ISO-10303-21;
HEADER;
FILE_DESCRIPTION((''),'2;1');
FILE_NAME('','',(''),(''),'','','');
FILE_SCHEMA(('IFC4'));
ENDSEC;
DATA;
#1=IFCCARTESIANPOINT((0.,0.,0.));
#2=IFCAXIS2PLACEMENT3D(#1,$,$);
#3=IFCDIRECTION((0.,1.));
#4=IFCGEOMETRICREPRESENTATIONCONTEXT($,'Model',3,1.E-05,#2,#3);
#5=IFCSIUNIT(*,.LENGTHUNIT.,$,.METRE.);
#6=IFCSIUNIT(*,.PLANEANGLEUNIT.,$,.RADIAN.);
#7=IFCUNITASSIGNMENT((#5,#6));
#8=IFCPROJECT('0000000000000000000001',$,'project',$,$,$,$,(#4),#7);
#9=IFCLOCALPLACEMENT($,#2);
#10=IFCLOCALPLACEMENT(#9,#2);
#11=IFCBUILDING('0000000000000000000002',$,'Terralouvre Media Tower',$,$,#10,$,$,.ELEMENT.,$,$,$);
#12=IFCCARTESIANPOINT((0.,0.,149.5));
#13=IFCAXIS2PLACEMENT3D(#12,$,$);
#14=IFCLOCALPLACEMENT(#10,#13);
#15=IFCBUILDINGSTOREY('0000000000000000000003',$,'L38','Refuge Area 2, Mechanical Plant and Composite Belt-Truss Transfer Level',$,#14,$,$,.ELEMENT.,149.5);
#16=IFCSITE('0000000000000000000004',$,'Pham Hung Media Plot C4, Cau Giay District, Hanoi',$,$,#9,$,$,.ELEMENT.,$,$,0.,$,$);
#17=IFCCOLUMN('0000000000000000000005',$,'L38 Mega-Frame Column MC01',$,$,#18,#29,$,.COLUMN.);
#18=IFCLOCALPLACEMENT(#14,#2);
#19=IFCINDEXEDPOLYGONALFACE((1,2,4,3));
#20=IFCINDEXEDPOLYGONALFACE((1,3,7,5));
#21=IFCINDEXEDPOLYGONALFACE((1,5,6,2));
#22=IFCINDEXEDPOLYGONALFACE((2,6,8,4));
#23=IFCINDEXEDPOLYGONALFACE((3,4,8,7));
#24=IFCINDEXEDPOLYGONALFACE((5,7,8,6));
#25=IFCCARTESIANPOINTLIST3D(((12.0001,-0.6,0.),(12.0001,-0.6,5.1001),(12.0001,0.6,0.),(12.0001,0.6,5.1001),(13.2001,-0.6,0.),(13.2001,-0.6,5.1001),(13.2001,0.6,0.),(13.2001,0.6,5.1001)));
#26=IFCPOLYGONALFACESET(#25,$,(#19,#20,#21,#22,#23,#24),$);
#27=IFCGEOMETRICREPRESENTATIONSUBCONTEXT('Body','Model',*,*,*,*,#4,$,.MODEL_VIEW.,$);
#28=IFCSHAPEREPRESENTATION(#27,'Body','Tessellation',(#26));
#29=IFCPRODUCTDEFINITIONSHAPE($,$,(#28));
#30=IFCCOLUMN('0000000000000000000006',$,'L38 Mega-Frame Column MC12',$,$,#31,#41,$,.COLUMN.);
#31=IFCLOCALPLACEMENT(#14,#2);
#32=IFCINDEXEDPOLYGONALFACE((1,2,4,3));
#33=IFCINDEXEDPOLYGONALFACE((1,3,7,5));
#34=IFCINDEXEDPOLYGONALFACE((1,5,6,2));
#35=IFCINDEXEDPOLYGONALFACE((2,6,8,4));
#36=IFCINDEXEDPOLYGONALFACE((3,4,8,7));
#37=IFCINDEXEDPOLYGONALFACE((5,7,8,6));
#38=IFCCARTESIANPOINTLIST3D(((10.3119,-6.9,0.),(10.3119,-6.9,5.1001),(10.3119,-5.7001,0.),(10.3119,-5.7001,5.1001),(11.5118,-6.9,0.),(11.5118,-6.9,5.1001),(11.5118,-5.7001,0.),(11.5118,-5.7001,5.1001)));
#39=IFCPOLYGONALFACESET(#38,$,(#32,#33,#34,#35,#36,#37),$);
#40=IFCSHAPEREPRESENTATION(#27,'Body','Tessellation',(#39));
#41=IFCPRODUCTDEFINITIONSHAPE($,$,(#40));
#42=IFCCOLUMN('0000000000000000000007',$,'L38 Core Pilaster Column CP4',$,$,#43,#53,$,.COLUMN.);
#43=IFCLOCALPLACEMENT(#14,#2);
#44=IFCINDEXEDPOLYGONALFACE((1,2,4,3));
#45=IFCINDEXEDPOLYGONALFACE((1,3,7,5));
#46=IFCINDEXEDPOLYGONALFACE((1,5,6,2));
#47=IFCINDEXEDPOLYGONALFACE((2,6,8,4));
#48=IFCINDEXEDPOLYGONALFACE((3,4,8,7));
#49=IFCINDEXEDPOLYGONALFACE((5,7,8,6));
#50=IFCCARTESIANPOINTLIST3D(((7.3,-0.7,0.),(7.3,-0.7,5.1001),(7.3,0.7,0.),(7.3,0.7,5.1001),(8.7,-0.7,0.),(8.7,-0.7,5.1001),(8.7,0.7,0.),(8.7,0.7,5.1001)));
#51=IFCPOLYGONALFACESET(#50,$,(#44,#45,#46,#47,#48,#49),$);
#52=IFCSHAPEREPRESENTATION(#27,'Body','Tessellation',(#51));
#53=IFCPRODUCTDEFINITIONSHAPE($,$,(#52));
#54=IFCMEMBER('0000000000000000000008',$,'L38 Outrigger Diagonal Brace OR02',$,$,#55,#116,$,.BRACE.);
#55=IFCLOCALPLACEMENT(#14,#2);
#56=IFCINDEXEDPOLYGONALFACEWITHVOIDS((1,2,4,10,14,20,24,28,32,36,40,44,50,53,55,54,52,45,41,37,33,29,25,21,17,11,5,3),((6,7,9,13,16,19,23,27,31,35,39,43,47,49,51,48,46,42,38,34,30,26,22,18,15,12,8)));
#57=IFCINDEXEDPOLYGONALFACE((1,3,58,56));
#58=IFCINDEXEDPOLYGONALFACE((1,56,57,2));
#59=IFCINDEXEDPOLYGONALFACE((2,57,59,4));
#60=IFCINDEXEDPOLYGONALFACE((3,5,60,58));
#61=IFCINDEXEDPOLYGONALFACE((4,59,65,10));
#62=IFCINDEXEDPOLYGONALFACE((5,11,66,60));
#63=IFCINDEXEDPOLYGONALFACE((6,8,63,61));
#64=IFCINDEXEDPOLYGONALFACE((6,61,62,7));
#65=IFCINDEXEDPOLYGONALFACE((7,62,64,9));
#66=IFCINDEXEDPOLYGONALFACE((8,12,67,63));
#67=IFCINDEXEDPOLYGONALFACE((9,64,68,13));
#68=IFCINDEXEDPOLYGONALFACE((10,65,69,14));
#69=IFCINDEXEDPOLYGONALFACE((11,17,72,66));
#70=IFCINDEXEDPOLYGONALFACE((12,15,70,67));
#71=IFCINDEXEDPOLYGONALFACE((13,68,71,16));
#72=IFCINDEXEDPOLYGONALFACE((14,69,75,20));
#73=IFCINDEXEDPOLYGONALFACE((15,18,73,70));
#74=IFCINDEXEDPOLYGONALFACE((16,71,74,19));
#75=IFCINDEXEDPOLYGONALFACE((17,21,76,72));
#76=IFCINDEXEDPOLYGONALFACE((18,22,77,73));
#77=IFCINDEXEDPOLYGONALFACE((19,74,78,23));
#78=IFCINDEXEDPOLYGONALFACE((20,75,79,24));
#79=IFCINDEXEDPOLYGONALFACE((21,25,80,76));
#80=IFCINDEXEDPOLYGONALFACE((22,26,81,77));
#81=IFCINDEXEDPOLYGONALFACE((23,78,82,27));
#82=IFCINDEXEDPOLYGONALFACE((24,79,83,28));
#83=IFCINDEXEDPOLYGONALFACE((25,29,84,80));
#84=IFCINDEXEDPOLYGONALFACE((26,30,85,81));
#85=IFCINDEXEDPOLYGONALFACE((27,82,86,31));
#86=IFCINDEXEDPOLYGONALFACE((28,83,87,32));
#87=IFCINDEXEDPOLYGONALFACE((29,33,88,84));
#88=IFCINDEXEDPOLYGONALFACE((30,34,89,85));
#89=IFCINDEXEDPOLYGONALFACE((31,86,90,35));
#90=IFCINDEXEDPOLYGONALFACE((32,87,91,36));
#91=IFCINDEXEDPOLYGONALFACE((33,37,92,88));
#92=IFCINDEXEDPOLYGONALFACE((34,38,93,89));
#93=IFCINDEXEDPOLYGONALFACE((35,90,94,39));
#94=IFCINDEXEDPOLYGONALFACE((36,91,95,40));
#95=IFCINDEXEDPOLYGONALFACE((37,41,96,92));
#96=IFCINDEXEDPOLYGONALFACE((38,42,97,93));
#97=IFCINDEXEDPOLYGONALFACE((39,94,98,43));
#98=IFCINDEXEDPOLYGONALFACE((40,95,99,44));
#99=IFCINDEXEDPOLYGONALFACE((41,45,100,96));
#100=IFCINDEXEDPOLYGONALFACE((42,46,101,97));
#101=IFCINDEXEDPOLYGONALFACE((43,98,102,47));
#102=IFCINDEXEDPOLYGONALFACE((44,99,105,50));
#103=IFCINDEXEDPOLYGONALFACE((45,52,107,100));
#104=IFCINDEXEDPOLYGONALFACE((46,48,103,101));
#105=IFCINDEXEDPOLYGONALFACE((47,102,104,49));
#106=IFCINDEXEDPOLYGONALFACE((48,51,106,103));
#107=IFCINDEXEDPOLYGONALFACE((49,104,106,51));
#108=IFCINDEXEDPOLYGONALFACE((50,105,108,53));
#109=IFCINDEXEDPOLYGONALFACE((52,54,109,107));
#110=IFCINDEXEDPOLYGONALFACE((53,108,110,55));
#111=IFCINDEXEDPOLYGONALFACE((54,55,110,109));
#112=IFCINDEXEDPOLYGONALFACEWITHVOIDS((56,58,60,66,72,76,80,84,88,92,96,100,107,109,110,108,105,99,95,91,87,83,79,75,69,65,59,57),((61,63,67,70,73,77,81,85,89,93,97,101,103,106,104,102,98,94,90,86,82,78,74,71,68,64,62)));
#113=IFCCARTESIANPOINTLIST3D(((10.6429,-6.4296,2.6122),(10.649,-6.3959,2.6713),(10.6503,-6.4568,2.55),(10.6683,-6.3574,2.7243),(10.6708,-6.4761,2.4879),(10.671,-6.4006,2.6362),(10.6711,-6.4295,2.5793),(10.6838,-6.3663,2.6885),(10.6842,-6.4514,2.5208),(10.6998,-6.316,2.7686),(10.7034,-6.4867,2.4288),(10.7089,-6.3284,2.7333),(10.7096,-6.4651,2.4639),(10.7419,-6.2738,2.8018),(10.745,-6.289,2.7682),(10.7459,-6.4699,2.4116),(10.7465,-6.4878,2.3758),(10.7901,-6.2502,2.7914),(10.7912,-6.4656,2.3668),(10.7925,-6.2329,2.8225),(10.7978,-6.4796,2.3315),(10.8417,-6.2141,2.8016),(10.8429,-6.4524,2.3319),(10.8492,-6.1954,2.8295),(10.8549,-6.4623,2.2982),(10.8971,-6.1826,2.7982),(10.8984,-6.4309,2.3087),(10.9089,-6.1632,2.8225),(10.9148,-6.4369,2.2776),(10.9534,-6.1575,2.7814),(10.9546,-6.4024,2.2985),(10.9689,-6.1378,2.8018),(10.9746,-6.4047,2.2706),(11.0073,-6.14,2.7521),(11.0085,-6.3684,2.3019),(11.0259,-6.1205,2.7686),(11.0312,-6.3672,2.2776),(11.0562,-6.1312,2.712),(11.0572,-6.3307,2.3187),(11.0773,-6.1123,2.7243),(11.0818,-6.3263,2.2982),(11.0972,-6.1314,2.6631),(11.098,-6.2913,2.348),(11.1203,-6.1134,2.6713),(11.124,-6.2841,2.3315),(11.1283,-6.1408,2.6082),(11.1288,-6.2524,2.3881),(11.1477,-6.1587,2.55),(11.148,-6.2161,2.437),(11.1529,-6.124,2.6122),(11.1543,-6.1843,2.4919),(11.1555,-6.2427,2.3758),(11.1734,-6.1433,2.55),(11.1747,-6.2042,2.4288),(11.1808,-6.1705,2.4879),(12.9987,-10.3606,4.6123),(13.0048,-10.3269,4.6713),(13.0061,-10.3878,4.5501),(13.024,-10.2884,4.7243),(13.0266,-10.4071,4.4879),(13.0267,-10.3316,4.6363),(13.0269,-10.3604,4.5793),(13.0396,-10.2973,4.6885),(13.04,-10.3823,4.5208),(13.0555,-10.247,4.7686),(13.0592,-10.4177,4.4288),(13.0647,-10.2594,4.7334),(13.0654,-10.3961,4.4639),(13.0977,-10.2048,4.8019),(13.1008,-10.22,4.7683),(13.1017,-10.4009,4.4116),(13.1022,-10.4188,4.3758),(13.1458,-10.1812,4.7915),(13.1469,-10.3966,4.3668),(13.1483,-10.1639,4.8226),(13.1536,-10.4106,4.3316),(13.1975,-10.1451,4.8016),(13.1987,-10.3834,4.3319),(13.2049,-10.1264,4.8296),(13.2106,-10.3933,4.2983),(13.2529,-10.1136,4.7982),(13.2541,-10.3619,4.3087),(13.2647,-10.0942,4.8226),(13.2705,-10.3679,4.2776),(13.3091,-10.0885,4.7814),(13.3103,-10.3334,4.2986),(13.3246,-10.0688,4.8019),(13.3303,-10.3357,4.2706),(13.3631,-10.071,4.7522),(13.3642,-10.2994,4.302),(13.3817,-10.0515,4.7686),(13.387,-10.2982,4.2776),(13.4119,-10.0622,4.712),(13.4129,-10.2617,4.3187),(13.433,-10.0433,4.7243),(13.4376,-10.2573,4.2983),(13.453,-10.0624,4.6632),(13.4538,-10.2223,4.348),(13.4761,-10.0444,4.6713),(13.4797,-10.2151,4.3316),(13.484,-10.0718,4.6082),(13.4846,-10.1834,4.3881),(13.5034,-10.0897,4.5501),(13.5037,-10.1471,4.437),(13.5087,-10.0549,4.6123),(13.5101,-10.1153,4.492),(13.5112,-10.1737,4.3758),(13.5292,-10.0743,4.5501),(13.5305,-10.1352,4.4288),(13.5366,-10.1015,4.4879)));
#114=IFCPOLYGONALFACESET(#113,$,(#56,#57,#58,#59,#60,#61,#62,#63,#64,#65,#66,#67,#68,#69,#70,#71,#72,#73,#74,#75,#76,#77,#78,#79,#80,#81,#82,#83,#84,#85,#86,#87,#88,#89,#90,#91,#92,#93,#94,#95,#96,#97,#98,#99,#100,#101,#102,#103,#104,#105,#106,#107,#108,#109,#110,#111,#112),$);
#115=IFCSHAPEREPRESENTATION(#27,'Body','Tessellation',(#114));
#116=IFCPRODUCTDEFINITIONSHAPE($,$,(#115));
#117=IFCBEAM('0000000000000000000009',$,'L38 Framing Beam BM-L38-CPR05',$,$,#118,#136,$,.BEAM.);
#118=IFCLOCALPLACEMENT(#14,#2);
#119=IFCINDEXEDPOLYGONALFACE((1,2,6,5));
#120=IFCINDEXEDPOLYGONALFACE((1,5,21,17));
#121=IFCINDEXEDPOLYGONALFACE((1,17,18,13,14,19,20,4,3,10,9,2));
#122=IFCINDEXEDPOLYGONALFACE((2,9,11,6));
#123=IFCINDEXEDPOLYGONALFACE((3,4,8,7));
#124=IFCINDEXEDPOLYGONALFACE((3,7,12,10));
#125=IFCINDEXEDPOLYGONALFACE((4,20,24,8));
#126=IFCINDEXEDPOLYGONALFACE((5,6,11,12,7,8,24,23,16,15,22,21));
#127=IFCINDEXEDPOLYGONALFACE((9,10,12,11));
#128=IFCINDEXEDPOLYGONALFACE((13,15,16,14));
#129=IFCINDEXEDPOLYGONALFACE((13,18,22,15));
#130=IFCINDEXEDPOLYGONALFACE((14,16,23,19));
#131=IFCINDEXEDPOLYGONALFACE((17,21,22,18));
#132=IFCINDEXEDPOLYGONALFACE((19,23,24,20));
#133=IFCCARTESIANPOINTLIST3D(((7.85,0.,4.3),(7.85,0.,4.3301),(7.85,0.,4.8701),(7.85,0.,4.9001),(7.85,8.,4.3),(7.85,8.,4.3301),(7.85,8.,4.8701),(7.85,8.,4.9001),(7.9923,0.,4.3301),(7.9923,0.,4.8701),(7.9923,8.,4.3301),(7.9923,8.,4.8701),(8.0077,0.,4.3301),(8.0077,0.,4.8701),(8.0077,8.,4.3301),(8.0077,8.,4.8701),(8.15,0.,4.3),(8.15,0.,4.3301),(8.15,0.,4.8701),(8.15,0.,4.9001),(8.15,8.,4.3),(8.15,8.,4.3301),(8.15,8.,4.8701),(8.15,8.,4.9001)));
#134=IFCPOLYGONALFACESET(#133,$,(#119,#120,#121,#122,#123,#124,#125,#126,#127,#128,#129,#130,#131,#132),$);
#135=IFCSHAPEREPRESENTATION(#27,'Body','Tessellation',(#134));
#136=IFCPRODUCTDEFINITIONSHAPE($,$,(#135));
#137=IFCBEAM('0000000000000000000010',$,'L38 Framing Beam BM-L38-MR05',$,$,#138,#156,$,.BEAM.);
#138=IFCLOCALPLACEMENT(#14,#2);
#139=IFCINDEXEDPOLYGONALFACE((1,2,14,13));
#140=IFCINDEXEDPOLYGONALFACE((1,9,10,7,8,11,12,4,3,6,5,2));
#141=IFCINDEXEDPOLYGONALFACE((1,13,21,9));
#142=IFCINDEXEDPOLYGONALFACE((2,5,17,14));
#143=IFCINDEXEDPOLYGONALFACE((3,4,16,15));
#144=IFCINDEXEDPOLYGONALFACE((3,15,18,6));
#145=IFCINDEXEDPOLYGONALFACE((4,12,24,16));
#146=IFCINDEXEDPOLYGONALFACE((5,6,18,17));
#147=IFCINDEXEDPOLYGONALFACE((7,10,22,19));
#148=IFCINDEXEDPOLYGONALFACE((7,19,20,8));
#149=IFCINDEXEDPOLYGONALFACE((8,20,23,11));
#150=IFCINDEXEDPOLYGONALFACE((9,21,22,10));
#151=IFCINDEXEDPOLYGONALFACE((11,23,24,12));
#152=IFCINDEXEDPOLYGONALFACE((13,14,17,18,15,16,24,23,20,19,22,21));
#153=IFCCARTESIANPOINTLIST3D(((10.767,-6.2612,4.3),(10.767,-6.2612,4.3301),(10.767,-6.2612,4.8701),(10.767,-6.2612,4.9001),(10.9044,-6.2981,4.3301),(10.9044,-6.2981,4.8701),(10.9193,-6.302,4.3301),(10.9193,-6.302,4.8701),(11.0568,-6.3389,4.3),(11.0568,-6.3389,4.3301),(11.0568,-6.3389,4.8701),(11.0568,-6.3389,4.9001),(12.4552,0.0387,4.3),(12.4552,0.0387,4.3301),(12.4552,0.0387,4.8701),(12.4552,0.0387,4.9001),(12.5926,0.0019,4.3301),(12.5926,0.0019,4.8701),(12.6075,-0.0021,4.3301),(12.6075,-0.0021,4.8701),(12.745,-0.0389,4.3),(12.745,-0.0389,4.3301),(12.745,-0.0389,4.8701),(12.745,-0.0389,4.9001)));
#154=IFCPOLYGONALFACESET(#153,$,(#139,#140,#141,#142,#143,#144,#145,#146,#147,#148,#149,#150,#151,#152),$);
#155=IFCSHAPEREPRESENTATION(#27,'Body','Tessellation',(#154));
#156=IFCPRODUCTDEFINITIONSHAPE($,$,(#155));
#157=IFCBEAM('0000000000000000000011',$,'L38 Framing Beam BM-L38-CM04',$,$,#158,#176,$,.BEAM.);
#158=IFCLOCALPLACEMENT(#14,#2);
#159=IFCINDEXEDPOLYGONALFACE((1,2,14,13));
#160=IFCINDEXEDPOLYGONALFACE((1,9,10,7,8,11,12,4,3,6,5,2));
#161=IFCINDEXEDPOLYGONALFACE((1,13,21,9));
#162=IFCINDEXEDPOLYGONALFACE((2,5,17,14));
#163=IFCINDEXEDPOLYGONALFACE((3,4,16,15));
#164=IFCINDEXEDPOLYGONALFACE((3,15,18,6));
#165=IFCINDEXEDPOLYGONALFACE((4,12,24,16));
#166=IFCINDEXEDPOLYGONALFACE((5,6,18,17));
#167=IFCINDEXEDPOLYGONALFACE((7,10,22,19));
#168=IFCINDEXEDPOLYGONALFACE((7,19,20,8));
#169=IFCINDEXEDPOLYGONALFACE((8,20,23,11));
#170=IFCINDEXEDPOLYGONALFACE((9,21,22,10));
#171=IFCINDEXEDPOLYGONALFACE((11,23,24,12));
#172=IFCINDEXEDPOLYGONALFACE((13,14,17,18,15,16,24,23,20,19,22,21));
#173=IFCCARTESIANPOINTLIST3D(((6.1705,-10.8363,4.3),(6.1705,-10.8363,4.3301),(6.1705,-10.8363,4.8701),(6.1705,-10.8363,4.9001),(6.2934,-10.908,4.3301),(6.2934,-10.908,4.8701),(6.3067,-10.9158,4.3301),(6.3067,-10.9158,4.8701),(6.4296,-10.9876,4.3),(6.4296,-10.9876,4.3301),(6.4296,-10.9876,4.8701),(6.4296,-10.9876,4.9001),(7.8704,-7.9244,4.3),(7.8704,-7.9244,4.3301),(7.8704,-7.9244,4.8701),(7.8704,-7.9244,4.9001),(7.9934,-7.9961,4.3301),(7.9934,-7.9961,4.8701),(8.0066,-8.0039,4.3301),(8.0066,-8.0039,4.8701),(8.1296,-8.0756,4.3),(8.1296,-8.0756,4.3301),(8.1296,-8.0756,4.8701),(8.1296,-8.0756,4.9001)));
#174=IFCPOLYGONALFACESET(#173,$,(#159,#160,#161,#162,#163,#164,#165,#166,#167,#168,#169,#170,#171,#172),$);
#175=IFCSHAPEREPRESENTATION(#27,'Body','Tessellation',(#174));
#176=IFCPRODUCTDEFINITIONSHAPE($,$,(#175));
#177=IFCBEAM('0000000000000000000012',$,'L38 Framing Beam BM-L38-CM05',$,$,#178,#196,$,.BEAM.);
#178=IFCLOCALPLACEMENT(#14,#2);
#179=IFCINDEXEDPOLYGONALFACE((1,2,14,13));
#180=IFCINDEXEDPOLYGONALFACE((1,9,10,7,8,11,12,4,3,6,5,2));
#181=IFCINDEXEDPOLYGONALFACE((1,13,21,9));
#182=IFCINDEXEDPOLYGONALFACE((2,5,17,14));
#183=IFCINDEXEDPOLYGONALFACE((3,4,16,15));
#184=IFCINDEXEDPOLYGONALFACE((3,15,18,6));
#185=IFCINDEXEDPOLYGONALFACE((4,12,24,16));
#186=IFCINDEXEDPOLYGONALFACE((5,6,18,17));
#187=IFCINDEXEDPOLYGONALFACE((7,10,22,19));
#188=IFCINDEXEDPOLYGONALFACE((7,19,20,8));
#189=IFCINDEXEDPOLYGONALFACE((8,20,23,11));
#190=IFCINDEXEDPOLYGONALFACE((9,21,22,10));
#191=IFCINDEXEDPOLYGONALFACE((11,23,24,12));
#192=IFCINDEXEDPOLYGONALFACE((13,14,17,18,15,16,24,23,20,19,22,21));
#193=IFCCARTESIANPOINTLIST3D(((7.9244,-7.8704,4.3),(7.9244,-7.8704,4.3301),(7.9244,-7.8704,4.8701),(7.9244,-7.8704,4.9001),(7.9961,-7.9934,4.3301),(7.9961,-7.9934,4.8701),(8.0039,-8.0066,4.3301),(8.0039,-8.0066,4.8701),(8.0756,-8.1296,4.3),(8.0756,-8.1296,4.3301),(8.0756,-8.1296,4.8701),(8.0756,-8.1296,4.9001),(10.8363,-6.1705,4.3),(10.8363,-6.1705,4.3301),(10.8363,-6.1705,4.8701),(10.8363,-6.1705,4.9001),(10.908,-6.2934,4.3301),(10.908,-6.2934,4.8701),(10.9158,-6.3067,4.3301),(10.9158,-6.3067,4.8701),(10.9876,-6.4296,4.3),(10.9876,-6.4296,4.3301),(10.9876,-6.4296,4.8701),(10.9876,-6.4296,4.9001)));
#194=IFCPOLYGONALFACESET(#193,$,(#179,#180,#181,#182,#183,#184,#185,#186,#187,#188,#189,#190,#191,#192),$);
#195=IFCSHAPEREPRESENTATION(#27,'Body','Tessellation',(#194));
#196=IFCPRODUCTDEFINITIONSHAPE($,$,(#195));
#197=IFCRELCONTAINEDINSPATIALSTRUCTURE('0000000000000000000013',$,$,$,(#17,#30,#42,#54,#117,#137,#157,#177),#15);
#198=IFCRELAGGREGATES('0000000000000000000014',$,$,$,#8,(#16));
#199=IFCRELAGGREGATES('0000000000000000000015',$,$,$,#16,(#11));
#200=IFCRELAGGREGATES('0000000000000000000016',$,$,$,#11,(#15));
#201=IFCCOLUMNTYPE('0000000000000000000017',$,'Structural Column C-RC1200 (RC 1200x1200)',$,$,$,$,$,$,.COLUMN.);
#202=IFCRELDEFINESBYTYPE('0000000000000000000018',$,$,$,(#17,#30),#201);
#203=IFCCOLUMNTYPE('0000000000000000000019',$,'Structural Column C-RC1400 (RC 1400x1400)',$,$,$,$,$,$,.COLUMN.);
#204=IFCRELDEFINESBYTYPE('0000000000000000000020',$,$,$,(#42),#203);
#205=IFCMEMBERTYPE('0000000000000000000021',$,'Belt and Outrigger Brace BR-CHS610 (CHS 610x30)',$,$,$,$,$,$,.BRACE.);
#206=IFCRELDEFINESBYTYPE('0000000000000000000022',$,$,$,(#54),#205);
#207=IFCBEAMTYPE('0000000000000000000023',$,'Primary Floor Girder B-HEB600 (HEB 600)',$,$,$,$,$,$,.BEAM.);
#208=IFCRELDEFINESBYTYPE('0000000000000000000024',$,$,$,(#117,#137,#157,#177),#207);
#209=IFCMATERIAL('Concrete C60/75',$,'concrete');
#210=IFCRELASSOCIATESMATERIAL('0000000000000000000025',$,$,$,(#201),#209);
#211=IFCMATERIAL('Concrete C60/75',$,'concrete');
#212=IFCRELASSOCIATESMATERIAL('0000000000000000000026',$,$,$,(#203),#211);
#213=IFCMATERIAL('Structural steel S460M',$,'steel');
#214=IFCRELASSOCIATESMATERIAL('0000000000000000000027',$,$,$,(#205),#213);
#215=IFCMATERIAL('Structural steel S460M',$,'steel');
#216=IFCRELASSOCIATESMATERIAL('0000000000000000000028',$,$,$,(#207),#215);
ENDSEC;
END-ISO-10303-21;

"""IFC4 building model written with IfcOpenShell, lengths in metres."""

from ifc_helpers import new_model, si_unit, direction, frame, origin, origin_2d, place, context, subcontext, project, spatial, rectangle, hollow_circle, i_section, extrude, material, material_profile, profile_set, type_object, element, save


model = new_model("IFC4")

# Units and contexts
model_context = context("Model", 3, precision=1e-05, world=origin(), true_north=direction((0.0, 1.0)))
body_context = subcontext(model_context, "Body", "Model", "MODEL_VIEW")
ifc_project = project(units=[si_unit("LENGTHUNIT", "METRE"), si_unit("PLANEANGLEUNIT", "RADIAN")], contexts=[model_context])

# Site, building, storey
site_placement = place(None, origin())
site = spatial("IfcSite", under=ifc_project, at=site_placement, Name="Pham Hung Media Plot C4, Cau Giay District, Hanoi", CompositionType="ELEMENT", RefElevation=0.0)
building_placement = place(site_placement, origin())
building = spatial("IfcBuilding", under=site, at=building_placement, Name="Terralouvre Media Tower", CompositionType="ELEMENT")
storey_placement = place(building_placement, frame((0.0, 0.0, 149.5)))
storey = spatial("IfcBuildingStorey", under=building, at=storey_placement, Name="L38", Description="Refuge Area 2, Mechanical Plant and Composite Belt-Truss Transfer Level", CompositionType="ELEMENT", Elevation=149.5)

# Columns
ifc_material_1 = material(Name="Concrete C60/75", Category="concrete")
ifc_material_profile_1 = material_profile(ifc_material_1, rectangle(XDim=1.2, YDim=1.2, at=origin_2d()), Name="RC 1200x1200")
ifc_profile_set_1 = profile_set([ifc_material_profile_1], Name="Concrete C60/75")
column_type_1 = type_object("IfcColumnType", Name="Structural Column C-RC1200 (RC 1200x1200)", PredefinedType="COLUMN", material=ifc_profile_set_1)
for number, where, z_axis, x_axis, name in (
    (1, (12.6001, 0.0, 0.0), (0.0, 0.0, 1.0), (1.0, 0.0, 0.0), "L38 Mega-Frame Column MC01"),
    (2, (10.9119, -6.3, 0.0), (0.0, 0.0, 1.0), (1.0, 0.0, 0.0), "L38 Mega-Frame Column MC12"),
):
    element("IfcColumn", number, at=place(storey_placement, frame(where, z_axis=z_axis, x_axis=x_axis)), inside=storey, type_object=column_type_1, Name=name, PredefinedType="COLUMN", context=body_context, shape_type="SweptSolid", body=[
        extrude(rectangle(XDim=1.2, YDim=1.2, at=origin_2d()), origin(), (0.0, 0.0, 1.0), 5.1001),
    ])
ifc_material_2 = material(Name="Concrete C60/75", Category="concrete")
ifc_material_profile_2 = material_profile(ifc_material_2, rectangle(XDim=1.3999, YDim=1.3999, at=origin_2d()), Name="RC 1400x1400")
ifc_profile_set_2 = profile_set([ifc_material_profile_2], Name="Concrete C60/75")
column_type_2 = type_object("IfcColumnType", Name="Structural Column C-RC1400 (RC 1400x1400)", PredefinedType="COLUMN", material=ifc_profile_set_2)
column_placement = place(storey_placement, frame((8.0, 0.0, 0.0), z_axis=(0.0, 0.0, 1.0), x_axis=(1.0, 0.0, 0.0)))
element("IfcColumn", 3, at=column_placement, inside=storey, type_object=column_type_2, Name="L38 Core Pilaster Column CP4", PredefinedType="COLUMN", context=body_context, shape_type="SweptSolid", body=[
    extrude(rectangle(XDim=1.3999, YDim=1.3999, at=origin_2d()), origin(), (0.0, 0.0, 1.0), 5.1001),
])

# Member
ifc_material_3 = material(Name="Structural steel S460M", Category="steel")
ifc_material_profile_3 = material_profile(ifc_material_3, hollow_circle(Radius=0.3049, WallThickness=0.03, at=origin_2d()), Name="CHS 610x30")
ifc_profile_set_3 = profile_set([ifc_material_profile_3], Name="Structural steel S460M")
member_type = type_object("IfcMemberType", Name="Belt and Outrigger Brace BR-CHS610 (CHS 610x30)", PredefinedType="BRACE", material=ifc_profile_set_3)
member_placement = place(storey_placement, frame((10.9119, -6.3, 2.55), z_axis=(0.471129, -0.786159, 0.399989), x_axis=(0.857765, 0.514041, 0.0)))
element("IfcMember", 4, at=member_placement, inside=storey, type_object=member_type, Name="L38 Outrigger Diagonal Brace OR02", PredefinedType="BRACE", context=body_context, shape_type="SweptSolid", body=[
    extrude(hollow_circle(Radius=0.3049, WallThickness=0.03, at=origin_2d()), origin(), (0.0, 0.0, 1.0), 5.0002),
])

# Beams
ifc_material_4 = material(Name="Structural steel S460M", Category="steel")
ifc_material_profile_4 = material_profile(ifc_material_4, i_section(OverallWidth=0.3, OverallDepth=0.6001, WebThickness=0.0154, FlangeThickness=0.03, at=origin_2d()), Name="HEB 600")
ifc_profile_set_4 = profile_set([ifc_material_profile_4], Name="Structural steel S460M")
beam_type_1 = type_object("IfcBeamType", Name="Primary Floor Girder B-HEB600 (HEB 600)", PredefinedType="BEAM", material=ifc_profile_set_4)
beam_1_placement = place(storey_placement, frame((8.0, 0.0, 4.6001), z_axis=(0.0, 1.0, 0.0), x_axis=(-1.0, 0.0, 0.0)))
element("IfcBeam", 5, at=beam_1_placement, inside=storey, type_object=beam_type_1, Name="L38 Framing Beam BM-L38-CPR05", PredefinedType="BEAM", context=body_context, shape_type="SweptSolid", body=[
    extrude(i_section(OverallWidth=0.3, OverallDepth=0.6001, WebThickness=0.0154, FlangeThickness=0.03, at=origin_2d()), origin(), (0.0, 0.0, 1.0), 8.0),
])
beam_2_placement = place(storey_placement, frame((10.9119, -6.3, 4.6001), z_axis=(0.258839, 0.96592, 0.0), x_axis=(-0.96592, 0.258839, 0.0)))
element("IfcBeam", 6, at=beam_2_placement, inside=storey, type_object=beam_type_1, Name="L38 Framing Beam BM-L38-MR05", PredefinedType="BEAM", context=body_context, shape_type="SweptSolid", body=[
    extrude(i_section(OverallWidth=0.3, OverallDepth=0.6001, WebThickness=0.0154, FlangeThickness=0.03, at=origin_2d()), origin(), (0.0, 0.0, 1.0), 6.5222),
])
for number, where, z_axis, x_axis, name in (
    (7, (8.0, -8.0, 4.6001), (-0.504173, -0.863603, 0.0), (0.863603, -0.504173, 0.0), "L38 Framing Beam BM-L38-CM04"),
    (8, (8.0, -8.0, 4.6001), (0.863603, 0.504173, 0.0), (-0.504173, 0.863603, 0.0), "L38 Framing Beam BM-L38-CM05"),
):
    element("IfcBeam", number, at=place(storey_placement, frame(where, z_axis=z_axis, x_axis=x_axis)), inside=storey, type_object=beam_type_1, Name=name, PredefinedType="BEAM", context=body_context, shape_type="SweptSolid", body=[
        extrude(i_section(OverallWidth=0.3, OverallDepth=0.6001, WebThickness=0.0154, FlangeThickness=0.03, at=origin_2d()), origin(), (0.0, 0.0, 1.0), 3.3718),
    ])

save(model, "model.ifc")
